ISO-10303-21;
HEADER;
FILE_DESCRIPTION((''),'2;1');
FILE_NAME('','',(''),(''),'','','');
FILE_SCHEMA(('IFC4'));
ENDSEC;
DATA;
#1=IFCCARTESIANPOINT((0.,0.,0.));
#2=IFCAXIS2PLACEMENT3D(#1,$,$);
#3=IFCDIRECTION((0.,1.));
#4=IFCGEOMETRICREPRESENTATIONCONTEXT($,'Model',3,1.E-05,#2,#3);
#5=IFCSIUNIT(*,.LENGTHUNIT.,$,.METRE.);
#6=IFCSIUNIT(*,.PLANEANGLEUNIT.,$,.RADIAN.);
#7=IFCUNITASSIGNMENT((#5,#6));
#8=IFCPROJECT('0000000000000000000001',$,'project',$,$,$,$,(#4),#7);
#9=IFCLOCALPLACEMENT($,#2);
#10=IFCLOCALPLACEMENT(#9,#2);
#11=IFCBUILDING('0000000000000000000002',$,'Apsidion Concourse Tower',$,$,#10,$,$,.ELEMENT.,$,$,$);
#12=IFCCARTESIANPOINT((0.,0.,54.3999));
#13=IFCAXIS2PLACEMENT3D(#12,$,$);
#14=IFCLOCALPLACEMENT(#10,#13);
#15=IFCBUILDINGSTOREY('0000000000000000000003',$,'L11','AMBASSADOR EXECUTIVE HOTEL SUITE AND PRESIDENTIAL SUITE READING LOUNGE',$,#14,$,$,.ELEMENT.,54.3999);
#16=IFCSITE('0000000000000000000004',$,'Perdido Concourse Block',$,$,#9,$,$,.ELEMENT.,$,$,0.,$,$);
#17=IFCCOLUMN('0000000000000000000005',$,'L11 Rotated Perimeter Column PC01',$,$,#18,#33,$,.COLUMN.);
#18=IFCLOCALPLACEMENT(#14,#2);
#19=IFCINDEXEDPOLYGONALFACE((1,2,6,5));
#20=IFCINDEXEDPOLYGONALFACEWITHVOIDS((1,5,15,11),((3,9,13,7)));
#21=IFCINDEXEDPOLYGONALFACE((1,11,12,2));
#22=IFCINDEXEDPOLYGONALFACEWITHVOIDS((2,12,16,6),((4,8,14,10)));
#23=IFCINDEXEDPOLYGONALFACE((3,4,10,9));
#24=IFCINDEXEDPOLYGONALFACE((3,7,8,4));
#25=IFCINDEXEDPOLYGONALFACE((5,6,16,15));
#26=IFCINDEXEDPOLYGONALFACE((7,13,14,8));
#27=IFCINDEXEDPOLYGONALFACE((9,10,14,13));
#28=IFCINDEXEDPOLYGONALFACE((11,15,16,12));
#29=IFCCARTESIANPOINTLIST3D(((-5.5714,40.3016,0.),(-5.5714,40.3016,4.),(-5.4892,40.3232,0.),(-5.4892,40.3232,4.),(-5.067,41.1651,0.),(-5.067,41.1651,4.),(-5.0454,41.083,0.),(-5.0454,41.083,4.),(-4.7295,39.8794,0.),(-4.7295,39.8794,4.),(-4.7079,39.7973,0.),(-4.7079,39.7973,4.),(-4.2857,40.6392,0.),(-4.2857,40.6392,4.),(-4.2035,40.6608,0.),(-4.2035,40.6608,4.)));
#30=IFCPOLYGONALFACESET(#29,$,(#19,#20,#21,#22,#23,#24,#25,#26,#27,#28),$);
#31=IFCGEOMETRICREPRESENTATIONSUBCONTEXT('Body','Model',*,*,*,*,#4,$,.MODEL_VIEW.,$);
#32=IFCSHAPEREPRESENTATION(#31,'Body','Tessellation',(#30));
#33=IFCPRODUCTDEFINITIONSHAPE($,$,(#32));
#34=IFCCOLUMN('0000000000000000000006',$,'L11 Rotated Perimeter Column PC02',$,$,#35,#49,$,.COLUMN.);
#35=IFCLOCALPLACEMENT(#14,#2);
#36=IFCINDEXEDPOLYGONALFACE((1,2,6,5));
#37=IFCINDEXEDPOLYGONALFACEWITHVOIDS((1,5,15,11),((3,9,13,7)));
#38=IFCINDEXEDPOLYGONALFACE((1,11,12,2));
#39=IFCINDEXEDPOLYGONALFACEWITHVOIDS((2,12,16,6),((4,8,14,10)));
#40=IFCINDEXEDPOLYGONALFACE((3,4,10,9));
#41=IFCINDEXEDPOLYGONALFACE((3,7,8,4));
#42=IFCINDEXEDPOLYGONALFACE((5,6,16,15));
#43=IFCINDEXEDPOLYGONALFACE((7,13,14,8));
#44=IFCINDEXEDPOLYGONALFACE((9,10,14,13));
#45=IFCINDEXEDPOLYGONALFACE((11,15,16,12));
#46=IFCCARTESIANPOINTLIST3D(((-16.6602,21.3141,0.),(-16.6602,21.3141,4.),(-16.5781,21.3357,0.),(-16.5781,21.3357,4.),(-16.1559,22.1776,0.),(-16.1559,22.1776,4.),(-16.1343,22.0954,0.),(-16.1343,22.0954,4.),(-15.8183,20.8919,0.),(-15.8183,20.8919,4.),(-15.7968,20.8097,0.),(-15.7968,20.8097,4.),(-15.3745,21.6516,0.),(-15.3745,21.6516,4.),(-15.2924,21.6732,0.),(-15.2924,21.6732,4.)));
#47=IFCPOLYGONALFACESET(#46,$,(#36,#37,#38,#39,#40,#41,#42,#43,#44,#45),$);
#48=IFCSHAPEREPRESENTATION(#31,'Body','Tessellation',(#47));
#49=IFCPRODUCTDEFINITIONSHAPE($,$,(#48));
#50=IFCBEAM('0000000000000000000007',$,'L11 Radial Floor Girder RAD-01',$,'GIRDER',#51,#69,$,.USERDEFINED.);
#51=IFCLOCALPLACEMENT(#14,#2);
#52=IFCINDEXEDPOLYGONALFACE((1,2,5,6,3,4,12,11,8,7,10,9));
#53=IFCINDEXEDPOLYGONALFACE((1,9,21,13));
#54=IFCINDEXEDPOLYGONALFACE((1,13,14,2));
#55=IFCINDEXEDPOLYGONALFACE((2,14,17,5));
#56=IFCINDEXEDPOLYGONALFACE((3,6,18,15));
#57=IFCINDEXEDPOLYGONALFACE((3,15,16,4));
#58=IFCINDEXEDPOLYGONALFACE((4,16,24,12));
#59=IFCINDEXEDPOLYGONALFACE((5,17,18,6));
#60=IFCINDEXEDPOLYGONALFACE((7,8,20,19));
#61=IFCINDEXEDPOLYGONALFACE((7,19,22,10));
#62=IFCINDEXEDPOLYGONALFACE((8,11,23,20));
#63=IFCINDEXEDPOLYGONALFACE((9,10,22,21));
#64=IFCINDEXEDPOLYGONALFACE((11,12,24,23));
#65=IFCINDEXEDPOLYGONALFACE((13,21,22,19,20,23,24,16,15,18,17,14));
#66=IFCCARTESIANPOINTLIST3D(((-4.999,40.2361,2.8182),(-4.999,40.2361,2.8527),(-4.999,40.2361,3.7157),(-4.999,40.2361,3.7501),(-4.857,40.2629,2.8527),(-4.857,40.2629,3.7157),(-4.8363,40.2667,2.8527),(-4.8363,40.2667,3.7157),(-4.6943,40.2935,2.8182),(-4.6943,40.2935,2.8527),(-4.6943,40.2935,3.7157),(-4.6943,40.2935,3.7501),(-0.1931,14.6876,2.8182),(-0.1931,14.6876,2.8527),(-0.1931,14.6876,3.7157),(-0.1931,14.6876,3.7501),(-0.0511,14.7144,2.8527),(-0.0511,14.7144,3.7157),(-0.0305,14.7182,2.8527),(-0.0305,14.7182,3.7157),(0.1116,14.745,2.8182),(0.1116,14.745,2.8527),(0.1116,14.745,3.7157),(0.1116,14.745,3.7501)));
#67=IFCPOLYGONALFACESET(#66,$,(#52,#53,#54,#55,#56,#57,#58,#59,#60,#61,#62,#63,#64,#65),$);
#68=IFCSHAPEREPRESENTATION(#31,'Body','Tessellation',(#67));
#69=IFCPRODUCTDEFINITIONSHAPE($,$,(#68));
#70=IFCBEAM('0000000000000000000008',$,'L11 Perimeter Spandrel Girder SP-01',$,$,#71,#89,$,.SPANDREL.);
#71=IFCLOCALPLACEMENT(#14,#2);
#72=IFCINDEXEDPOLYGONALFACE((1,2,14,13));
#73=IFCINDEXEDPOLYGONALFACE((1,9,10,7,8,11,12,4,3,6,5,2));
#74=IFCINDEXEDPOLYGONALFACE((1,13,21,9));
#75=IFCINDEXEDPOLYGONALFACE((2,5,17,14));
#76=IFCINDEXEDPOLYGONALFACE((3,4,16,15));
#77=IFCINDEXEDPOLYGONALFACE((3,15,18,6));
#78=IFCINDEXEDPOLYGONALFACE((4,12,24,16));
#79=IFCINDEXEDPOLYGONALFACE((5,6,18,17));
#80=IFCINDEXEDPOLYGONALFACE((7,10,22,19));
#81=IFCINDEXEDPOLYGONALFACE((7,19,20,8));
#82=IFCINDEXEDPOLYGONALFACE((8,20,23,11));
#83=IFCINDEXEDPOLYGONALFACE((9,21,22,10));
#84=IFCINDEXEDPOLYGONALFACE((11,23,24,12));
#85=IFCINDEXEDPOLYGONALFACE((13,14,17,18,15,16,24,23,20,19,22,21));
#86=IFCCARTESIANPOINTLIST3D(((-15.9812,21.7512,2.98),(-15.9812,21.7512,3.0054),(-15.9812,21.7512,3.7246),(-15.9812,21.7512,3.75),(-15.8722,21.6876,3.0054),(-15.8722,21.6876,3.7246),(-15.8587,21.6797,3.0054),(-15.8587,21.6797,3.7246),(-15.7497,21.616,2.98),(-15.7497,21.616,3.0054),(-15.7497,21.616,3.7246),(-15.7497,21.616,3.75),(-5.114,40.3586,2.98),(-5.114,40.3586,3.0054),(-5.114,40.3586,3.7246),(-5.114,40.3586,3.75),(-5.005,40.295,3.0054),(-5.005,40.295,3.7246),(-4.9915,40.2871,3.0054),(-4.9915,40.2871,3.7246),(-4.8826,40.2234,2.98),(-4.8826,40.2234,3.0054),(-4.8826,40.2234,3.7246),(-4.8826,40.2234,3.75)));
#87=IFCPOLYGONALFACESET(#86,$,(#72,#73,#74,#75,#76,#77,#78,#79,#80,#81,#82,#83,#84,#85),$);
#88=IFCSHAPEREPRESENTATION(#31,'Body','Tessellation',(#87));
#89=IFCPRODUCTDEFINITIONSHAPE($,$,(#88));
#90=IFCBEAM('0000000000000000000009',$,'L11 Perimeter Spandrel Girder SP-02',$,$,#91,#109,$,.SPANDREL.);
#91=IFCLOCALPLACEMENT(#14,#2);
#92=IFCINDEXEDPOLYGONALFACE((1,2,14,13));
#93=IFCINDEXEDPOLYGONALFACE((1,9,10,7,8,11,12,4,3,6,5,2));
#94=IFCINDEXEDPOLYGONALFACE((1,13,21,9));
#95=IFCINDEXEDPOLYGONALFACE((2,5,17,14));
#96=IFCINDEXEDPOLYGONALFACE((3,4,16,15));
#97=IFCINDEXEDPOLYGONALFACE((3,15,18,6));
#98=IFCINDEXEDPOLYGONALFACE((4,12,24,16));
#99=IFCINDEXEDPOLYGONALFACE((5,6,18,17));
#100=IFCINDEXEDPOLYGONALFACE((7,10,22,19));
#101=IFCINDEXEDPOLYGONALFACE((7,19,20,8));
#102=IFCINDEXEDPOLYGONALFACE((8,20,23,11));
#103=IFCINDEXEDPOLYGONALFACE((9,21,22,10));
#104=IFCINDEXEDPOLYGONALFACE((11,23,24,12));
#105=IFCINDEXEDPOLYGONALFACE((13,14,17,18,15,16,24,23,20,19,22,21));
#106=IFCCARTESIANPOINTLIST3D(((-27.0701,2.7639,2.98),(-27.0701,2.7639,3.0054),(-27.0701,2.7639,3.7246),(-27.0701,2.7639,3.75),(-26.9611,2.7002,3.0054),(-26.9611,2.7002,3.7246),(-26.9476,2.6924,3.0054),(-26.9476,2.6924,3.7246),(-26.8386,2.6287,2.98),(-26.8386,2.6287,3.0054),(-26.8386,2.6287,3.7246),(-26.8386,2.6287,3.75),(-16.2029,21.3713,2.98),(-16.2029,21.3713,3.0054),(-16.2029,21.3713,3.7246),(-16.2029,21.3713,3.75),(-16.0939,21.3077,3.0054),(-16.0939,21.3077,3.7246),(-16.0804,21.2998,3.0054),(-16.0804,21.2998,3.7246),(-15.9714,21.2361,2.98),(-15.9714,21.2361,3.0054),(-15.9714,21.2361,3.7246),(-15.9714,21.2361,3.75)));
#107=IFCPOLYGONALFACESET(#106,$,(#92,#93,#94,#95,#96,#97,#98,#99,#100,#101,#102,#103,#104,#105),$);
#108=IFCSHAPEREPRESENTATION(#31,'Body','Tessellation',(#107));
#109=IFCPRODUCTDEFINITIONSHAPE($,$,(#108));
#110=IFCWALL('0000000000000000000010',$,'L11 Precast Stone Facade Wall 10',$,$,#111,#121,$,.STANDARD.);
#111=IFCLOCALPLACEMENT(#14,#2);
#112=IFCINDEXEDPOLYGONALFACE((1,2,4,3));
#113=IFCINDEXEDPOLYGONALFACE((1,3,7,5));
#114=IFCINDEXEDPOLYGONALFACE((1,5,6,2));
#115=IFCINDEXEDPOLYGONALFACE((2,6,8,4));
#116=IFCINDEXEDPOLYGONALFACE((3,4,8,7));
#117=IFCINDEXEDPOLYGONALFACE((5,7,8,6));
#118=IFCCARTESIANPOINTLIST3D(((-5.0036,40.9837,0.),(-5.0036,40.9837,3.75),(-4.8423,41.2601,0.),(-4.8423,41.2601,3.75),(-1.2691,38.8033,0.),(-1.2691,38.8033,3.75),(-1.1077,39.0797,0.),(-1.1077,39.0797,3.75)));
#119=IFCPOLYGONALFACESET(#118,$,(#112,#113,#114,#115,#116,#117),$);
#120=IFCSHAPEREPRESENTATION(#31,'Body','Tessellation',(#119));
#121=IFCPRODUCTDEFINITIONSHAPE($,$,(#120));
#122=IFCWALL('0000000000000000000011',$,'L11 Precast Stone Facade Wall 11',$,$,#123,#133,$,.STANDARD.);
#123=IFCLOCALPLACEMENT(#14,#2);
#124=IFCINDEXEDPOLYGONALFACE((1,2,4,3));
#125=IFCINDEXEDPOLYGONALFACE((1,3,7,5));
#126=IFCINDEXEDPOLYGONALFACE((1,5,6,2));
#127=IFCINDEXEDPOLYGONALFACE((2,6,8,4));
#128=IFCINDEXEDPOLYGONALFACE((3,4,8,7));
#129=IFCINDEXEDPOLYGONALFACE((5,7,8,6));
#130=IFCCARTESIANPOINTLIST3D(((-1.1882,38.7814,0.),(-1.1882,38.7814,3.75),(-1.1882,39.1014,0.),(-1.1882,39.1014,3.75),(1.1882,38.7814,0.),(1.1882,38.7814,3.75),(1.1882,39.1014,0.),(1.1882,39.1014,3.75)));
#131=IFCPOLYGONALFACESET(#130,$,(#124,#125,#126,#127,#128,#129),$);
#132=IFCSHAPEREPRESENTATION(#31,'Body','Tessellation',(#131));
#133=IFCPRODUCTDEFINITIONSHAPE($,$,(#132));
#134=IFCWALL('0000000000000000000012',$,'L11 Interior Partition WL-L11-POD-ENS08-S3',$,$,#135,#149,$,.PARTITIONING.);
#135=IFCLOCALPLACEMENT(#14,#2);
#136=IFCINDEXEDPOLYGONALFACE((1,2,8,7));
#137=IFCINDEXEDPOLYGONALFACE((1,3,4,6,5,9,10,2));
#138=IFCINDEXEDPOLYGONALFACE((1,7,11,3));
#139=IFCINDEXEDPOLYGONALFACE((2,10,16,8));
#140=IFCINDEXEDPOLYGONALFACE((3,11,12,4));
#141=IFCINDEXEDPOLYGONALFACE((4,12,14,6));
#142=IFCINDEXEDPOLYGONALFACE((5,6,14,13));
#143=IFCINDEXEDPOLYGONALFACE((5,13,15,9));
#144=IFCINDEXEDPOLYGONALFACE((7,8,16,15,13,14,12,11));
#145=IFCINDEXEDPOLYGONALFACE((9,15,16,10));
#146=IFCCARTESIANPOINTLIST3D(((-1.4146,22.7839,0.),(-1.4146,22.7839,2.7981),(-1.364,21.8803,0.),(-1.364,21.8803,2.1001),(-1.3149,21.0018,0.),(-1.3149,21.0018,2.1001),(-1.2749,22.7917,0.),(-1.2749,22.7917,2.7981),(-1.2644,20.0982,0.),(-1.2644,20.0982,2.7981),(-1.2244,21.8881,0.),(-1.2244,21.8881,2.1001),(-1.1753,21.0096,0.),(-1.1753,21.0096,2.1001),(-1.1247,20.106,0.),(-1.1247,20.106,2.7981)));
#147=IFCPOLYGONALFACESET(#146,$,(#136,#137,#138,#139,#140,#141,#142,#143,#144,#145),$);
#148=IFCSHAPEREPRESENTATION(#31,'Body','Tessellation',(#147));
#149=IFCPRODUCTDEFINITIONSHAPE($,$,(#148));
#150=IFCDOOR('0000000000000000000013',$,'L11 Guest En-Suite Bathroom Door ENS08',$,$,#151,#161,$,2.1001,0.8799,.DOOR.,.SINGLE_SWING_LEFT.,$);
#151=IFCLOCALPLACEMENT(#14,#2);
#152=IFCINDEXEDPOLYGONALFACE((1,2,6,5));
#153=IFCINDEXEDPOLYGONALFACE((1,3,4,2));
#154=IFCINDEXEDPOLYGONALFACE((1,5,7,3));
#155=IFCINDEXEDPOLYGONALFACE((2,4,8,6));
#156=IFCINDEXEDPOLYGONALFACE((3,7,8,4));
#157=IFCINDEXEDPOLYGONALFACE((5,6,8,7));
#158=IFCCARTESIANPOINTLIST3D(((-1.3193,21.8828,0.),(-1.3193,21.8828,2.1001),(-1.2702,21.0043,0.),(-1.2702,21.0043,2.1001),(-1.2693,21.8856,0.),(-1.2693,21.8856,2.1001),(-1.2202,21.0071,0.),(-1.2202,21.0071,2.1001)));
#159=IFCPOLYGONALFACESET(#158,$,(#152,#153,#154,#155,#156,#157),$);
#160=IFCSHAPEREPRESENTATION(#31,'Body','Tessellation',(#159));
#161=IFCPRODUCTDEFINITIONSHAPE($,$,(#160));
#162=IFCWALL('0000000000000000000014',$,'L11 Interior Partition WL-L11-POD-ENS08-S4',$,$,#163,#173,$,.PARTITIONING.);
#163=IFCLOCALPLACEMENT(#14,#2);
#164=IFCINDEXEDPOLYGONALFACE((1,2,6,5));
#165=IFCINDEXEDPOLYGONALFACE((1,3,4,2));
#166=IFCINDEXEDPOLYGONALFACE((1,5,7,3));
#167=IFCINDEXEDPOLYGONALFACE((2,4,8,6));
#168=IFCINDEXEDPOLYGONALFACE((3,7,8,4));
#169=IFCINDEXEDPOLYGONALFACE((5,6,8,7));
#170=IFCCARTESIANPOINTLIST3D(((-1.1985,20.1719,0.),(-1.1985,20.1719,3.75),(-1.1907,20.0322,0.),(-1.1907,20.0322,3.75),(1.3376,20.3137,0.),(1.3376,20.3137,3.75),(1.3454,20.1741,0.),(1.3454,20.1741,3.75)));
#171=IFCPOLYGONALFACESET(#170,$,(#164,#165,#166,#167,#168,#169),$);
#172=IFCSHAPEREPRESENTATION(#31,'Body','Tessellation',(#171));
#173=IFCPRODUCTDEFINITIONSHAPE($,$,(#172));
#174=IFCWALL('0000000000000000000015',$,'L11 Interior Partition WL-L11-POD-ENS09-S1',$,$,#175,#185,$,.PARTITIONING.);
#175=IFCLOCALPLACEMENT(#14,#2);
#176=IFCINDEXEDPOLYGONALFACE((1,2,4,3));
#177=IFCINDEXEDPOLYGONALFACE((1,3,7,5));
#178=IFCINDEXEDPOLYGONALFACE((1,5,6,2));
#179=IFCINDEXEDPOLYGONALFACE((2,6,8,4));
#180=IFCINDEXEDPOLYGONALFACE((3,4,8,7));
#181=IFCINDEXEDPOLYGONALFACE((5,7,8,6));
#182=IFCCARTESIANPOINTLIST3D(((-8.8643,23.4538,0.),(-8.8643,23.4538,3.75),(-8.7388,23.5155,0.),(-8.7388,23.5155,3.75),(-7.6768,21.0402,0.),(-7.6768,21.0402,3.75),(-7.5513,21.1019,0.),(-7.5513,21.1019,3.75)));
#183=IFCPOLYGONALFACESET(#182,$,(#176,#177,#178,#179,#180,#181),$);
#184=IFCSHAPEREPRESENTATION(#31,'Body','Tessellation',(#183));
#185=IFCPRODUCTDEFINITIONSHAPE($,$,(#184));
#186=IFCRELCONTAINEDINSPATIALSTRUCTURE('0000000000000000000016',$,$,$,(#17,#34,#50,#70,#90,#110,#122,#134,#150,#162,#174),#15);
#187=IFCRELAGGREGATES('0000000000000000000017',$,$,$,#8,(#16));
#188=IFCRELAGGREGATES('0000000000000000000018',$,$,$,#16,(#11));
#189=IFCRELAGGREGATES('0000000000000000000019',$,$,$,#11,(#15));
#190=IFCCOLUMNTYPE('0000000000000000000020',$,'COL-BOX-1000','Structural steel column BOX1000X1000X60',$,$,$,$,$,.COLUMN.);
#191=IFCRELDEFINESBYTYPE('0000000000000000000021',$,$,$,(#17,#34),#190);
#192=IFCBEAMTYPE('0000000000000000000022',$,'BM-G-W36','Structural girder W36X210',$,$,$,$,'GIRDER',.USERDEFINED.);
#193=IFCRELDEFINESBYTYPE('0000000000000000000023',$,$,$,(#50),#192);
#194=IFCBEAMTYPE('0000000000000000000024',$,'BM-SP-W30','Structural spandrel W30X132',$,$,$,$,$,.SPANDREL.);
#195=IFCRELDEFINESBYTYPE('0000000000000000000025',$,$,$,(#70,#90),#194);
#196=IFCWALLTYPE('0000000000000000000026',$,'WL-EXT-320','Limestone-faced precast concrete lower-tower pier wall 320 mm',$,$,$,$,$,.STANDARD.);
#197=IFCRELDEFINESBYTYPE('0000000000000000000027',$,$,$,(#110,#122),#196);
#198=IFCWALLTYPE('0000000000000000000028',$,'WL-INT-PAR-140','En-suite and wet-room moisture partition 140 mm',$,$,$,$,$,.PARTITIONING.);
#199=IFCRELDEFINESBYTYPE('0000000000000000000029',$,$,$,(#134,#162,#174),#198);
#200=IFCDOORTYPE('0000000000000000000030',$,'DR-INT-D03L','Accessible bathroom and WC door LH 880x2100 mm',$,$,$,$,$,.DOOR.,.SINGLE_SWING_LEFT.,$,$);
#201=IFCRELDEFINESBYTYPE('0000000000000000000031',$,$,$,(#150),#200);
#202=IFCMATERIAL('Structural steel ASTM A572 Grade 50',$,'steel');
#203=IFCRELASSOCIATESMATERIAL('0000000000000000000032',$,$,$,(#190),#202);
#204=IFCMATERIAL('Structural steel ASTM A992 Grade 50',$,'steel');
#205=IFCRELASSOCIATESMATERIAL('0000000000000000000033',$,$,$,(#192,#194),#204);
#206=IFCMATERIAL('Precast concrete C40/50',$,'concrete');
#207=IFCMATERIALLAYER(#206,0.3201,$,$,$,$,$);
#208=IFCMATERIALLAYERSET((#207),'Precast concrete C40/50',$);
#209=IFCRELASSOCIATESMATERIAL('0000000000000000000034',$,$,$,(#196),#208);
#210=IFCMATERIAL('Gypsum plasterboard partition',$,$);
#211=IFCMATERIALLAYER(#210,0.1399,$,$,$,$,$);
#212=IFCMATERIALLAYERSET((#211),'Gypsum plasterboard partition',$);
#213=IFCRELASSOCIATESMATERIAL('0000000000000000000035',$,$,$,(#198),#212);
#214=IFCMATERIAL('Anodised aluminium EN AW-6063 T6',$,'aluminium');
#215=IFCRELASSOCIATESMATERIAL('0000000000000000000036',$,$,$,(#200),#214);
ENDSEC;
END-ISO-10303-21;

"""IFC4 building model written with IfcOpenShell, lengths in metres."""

from ifc_helpers import new_model, si_unit, direction, frame, frame_2d, origin, origin_2d, place, context, subcontext, project, spatial, rectangle, hollow_rectangle, i_section, extrude, material, layer, layer_set, material_profile, profile_set, type_object, element, fill, save


model = new_model("IFC4")

# Units and contexts
model_context = context("Model", 3, precision=1e-05, world=origin(), true_north=direction((0.0, 1.0)))
body_context = subcontext(model_context, "Body", "Model", "MODEL_VIEW")
ifc_project = project(units=[si_unit("LENGTHUNIT", "METRE"), si_unit("PLANEANGLEUNIT", "RADIAN")], contexts=[model_context])

# Site, building, storey
site_placement = place(None, origin())
site = spatial("IfcSite", under=ifc_project, at=site_placement, Name="Perdido Concourse Block", CompositionType="ELEMENT", RefElevation=0.0)
building_placement = place(site_placement, origin())
building = spatial("IfcBuilding", under=site, at=building_placement, Name="Apsidion Concourse Tower", CompositionType="ELEMENT")
storey_placement = place(building_placement, frame((0.0, 0.0, 54.3999)))
storey = spatial("IfcBuildingStorey", under=building, at=storey_placement, Name="L11", Description="AMBASSADOR EXECUTIVE HOTEL SUITE AND PRESIDENTIAL SUITE READING LOUNGE", CompositionType="ELEMENT", Elevation=54.3999)

# Columns
ifc_material_1 = material(Name="Structural steel ASTM A572 Grade 50", Category="steel")
ifc_material_profile_1 = material_profile(ifc_material_1, hollow_rectangle(XDim=1.0, YDim=1.0, WallThickness=0.0601, at=origin_2d()), Name="BOX1000X1000X60")
ifc_profile_set_1 = profile_set([ifc_material_profile_1], Name="Structural steel ASTM A572 Grade 50")
column_type = type_object("IfcColumnType", Name="COL-BOX-1000", Description="Structural steel column BOX1000X1000X60", PredefinedType="COLUMN", material=ifc_profile_set_1)
for number, where, z_axis, x_axis, name in (
    (1, (-4.8875, 40.4812, 0.0), (0.0, 0.0, 1.0), (0.504377, 0.863484, 0.0), "L11 Rotated Perimeter Column PC01"),
    (2, (-15.9763, 21.4937, 0.0), (0.0, 0.0, 1.0), (0.504377, 0.863484, 0.0), "L11 Rotated Perimeter Column PC02"),
):
    element("IfcColumn", number, at=place(storey_placement, frame(where, z_axis=z_axis, x_axis=x_axis)), inside=storey, type_object=column_type, Name=name, PredefinedType="COLUMN", context=body_context, shape_type="SweptSolid", body=[
        extrude(hollow_rectangle(XDim=1.0, YDim=1.0, WallThickness=0.0601, at=origin_2d()), origin(), (0.0, 0.0, 1.0), 4.0),
    ])

# Beams
ifc_material_2 = material(Name="Structural steel ASTM A992 Grade 50", Category="steel")
ifc_material_profile_2 = material_profile(ifc_material_2, i_section(OverallWidth=0.3101, OverallDepth=0.9319, WebThickness=0.021, FlangeThickness=0.0344, at=origin_2d()), Name="W36X210")
ifc_profile_set_2 = profile_set([ifc_material_profile_2], Name="Structural steel ASTM A992 Grade 50")
beam_type_1 = type_object("IfcBeamType", Name="BM-G-W36", Description="Structural girder W36X210", ElementType="GIRDER", PredefinedType="USERDEFINED", material=ifc_profile_set_2)
beam_placement = place(storey_placement, frame((-0.0408, 14.7163, 3.2842), z_axis=(-0.184866, 0.982764, 0.0), x_axis=(-0.982764, -0.184866, 0.0)))
element("IfcBeam", 3, at=beam_placement, inside=storey, type_object=beam_type_1, Name="L11 Radial Floor Girder RAD-01", ObjectType="GIRDER", PredefinedType="USERDEFINED", context=body_context, shape_type="SweptSolid", body=[
    extrude(i_section(OverallWidth=0.3101, OverallDepth=0.9319, WebThickness=0.021, FlangeThickness=0.0344, at=origin_2d()), origin(), (0.0, 0.0, 1.0), 25.9966),
])
ifc_material_profile_3 = material_profile(ifc_material_2, i_section(OverallWidth=0.2681, OverallDepth=0.77, WebThickness=0.0156, FlangeThickness=0.0254, at=origin_2d()), Name="W30X132")
ifc_profile_set_3 = profile_set([ifc_material_profile_3], Name="Structural steel ASTM A992 Grade 50")
beam_type_2 = type_object("IfcBeamType", Name="BM-SP-W30", Description="Structural spandrel W30X132", PredefinedType="SPANDREL", material=ifc_profile_set_3)
for number, where, z_axis, x_axis, name in (
    (4, (-4.9983, 40.291, 3.365), (-0.504316, -0.863519, 0.0), (0.863519, -0.504316, 0.0), "L11 Perimeter Spandrel Girder SP-01"),
    (5, (-16.0872, 21.3037, 3.365), (-0.504316, -0.863519, 0.0), (0.863519, -0.504316, 0.0), "L11 Perimeter Spandrel Girder SP-02"),
):
    element("IfcBeam", number, at=place(storey_placement, frame(where, z_axis=z_axis, x_axis=x_axis)), inside=storey, type_object=beam_type_2, Name=name, PredefinedType="SPANDREL", context=body_context, shape_type="SweptSolid", body=[
        extrude(i_section(OverallWidth=0.2681, OverallDepth=0.77, WebThickness=0.0156, FlangeThickness=0.0254, at=origin_2d()), origin(), (0.0, 0.0, 1.0), 21.5483),
    ])

# Walls
ifc_material_3 = material(Name="Precast concrete C40/50", Category="concrete")
ifc_layer_1 = layer(ifc_material_3, 0.3201)
ifc_layer_set_1 = layer_set([ifc_layer_1], Name="Precast concrete C40/50")
wall_type_1 = type_object("IfcWallType", Name="WL-EXT-320", Description="Limestone-faced precast concrete lower-tower pier wall 320 mm", PredefinedType="STANDARD", material=ifc_layer_set_1)
wall_1_placement = place(storey_placement, frame((-4.9229, 41.1218, 0.0), z_axis=(0.0, 0.0, 1.0), x_axis=(0.863588, -0.504197, 0.0)))
element("IfcWall", 6, at=wall_1_placement, inside=storey, type_object=wall_type_1, Name="L11 Precast Stone Facade Wall 10", PredefinedType="STANDARD", context=body_context, shape_type="SweptSolid", body=[
    extrude(rectangle(XDim=4.3245, YDim=0.3201, at=frame_2d((2.1621, 0.0))), origin(), (0.0, 0.0, 1.0), 3.75),
])
wall_2_placement = place(storey_placement, frame((-1.1882, 38.9414, 0.0), z_axis=(0.0, 0.0, 1.0), x_axis=(1.0, 0.0, 0.0)))
element("IfcWall", 7, at=wall_2_placement, inside=storey, type_object=wall_type_1, Name="L11 Precast Stone Facade Wall 11", PredefinedType="STANDARD", context=body_context, shape_type="SweptSolid", body=[
    extrude(rectangle(XDim=2.3765, YDim=0.3201, at=frame_2d((1.1882, 0.0))), origin(), (0.0, 0.0, 1.0), 3.75),
])

# Wall, opening, door
ifc_material_4 = material(Name="Gypsum plasterboard partition")
ifc_layer_2 = layer(ifc_material_4, 0.1399)
ifc_layer_set_2 = layer_set([ifc_layer_2], Name="Gypsum plasterboard partition")
wall_type_2 = type_object("IfcWallType", Name="WL-INT-PAR-140", Description="En-suite and wet-room moisture partition 140 mm", PredefinedType="PARTITIONING", material=ifc_layer_set_2)
wall_3_placement = place(storey_placement, frame((-1.3447, 22.7878, 0.0), z_axis=(0.0, 0.0, 1.0), x_axis=(0.055817, -0.998441, 0.0)))
wall_3 = element("IfcWall", 8, at=wall_3_placement, inside=storey, type_object=wall_type_2, Name="L11 Interior Partition WL-L11-POD-ENS08-S3", PredefinedType="PARTITIONING", context=body_context, shape_type="SweptSolid", body=[
    extrude(rectangle(XDim=2.6899, YDim=0.1399, at=frame_2d((1.345, 0.0))), origin(), (0.0, 0.0, 1.0), 2.7981),
])
opening_1_placement = place(wall_3_placement, frame((0.905, 0.0, 0.0)))
opening_1 = element("IfcOpeningElement", 9, at=opening_1_placement, cuts=wall_3, PredefinedType="OPENING", context=body_context, shape_type="SweptSolid", body=[
    extrude(rectangle(XDim=0.8799, YDim=2.1001, at=frame_2d((0.4399, 1.05))), frame((0.0, 0.0801, 0.0), z_axis=(0.0, -1.0, 0.0), x_axis=(1.0, 0.0, 0.0)), (0.0, 0.0, 1.0), 0.1599),
])
ifc_material_5 = material(Name="Anodised aluminium EN AW-6063 T6", Category="aluminium")
door_type_1 = type_object("IfcDoorType", Name="DR-INT-D03L", Description="Accessible bathroom and WC door LH 880x2100 mm", OperationType="SINGLE_SWING_LEFT", PredefinedType="DOOR", material=ifc_material_5)
door_1_placement = place(opening_1_placement, origin())
door_1 = element("IfcDoor", 10, at=door_1_placement, inside=storey, type_object=door_type_1, Name="L11 Guest En-Suite Bathroom Door ENS08", OperationType="SINGLE_SWING_LEFT", OverallHeight=2.1001, OverallWidth=0.8799, PredefinedType="DOOR", context=body_context, shape_type="SweptSolid", body=[
    extrude(rectangle(XDim=0.8799, YDim=2.1001, at=frame_2d((0.4399, 1.05))), frame((0.0, 0.0249, 0.0), z_axis=(0.0, -1.0, 0.0), x_axis=(1.0, 0.0, 0.0)), (0.0, 0.0, 1.0), 0.05),
])
fill(opening_1, door_1)

# Walls
wall_4_placement = place(storey_placement, frame((-1.1946, 20.1021, 0.0), z_axis=(0.0, 0.0, 1.0), x_axis=(0.99844, 0.055843, 0.0)))
element("IfcWall", 11, at=wall_4_placement, inside=storey, type_object=wall_type_2, Name="L11 Interior Partition WL-L11-POD-ENS08-S4", PredefinedType="PARTITIONING", context=body_context, shape_type="SweptSolid", body=[
    extrude(rectangle(XDim=2.54, YDim=0.1399, at=frame_2d((1.27, 0.0))), origin(), (0.0, 0.0, 1.0), 3.75),
])
wall_5_placement = place(storey_placement, frame((-7.614, 21.071, 0.0), z_axis=(0.0, 0.0, 1.0), x_axis=(-0.441468, 0.897277, 0.0)))
element("IfcWall", 12, at=wall_5_placement, inside=storey, type_object=wall_type_2, Name="L11 Interior Partition WL-L11-POD-ENS09-S1", PredefinedType="PARTITIONING", context=body_context, shape_type="SweptSolid", body=[
    extrude(rectangle(XDim=2.6899, YDim=0.1399, at=frame_2d((1.345, 0.0))), origin(), (0.0, 0.0, 1.0), 3.75),
])

save(model, "model.ifc")
